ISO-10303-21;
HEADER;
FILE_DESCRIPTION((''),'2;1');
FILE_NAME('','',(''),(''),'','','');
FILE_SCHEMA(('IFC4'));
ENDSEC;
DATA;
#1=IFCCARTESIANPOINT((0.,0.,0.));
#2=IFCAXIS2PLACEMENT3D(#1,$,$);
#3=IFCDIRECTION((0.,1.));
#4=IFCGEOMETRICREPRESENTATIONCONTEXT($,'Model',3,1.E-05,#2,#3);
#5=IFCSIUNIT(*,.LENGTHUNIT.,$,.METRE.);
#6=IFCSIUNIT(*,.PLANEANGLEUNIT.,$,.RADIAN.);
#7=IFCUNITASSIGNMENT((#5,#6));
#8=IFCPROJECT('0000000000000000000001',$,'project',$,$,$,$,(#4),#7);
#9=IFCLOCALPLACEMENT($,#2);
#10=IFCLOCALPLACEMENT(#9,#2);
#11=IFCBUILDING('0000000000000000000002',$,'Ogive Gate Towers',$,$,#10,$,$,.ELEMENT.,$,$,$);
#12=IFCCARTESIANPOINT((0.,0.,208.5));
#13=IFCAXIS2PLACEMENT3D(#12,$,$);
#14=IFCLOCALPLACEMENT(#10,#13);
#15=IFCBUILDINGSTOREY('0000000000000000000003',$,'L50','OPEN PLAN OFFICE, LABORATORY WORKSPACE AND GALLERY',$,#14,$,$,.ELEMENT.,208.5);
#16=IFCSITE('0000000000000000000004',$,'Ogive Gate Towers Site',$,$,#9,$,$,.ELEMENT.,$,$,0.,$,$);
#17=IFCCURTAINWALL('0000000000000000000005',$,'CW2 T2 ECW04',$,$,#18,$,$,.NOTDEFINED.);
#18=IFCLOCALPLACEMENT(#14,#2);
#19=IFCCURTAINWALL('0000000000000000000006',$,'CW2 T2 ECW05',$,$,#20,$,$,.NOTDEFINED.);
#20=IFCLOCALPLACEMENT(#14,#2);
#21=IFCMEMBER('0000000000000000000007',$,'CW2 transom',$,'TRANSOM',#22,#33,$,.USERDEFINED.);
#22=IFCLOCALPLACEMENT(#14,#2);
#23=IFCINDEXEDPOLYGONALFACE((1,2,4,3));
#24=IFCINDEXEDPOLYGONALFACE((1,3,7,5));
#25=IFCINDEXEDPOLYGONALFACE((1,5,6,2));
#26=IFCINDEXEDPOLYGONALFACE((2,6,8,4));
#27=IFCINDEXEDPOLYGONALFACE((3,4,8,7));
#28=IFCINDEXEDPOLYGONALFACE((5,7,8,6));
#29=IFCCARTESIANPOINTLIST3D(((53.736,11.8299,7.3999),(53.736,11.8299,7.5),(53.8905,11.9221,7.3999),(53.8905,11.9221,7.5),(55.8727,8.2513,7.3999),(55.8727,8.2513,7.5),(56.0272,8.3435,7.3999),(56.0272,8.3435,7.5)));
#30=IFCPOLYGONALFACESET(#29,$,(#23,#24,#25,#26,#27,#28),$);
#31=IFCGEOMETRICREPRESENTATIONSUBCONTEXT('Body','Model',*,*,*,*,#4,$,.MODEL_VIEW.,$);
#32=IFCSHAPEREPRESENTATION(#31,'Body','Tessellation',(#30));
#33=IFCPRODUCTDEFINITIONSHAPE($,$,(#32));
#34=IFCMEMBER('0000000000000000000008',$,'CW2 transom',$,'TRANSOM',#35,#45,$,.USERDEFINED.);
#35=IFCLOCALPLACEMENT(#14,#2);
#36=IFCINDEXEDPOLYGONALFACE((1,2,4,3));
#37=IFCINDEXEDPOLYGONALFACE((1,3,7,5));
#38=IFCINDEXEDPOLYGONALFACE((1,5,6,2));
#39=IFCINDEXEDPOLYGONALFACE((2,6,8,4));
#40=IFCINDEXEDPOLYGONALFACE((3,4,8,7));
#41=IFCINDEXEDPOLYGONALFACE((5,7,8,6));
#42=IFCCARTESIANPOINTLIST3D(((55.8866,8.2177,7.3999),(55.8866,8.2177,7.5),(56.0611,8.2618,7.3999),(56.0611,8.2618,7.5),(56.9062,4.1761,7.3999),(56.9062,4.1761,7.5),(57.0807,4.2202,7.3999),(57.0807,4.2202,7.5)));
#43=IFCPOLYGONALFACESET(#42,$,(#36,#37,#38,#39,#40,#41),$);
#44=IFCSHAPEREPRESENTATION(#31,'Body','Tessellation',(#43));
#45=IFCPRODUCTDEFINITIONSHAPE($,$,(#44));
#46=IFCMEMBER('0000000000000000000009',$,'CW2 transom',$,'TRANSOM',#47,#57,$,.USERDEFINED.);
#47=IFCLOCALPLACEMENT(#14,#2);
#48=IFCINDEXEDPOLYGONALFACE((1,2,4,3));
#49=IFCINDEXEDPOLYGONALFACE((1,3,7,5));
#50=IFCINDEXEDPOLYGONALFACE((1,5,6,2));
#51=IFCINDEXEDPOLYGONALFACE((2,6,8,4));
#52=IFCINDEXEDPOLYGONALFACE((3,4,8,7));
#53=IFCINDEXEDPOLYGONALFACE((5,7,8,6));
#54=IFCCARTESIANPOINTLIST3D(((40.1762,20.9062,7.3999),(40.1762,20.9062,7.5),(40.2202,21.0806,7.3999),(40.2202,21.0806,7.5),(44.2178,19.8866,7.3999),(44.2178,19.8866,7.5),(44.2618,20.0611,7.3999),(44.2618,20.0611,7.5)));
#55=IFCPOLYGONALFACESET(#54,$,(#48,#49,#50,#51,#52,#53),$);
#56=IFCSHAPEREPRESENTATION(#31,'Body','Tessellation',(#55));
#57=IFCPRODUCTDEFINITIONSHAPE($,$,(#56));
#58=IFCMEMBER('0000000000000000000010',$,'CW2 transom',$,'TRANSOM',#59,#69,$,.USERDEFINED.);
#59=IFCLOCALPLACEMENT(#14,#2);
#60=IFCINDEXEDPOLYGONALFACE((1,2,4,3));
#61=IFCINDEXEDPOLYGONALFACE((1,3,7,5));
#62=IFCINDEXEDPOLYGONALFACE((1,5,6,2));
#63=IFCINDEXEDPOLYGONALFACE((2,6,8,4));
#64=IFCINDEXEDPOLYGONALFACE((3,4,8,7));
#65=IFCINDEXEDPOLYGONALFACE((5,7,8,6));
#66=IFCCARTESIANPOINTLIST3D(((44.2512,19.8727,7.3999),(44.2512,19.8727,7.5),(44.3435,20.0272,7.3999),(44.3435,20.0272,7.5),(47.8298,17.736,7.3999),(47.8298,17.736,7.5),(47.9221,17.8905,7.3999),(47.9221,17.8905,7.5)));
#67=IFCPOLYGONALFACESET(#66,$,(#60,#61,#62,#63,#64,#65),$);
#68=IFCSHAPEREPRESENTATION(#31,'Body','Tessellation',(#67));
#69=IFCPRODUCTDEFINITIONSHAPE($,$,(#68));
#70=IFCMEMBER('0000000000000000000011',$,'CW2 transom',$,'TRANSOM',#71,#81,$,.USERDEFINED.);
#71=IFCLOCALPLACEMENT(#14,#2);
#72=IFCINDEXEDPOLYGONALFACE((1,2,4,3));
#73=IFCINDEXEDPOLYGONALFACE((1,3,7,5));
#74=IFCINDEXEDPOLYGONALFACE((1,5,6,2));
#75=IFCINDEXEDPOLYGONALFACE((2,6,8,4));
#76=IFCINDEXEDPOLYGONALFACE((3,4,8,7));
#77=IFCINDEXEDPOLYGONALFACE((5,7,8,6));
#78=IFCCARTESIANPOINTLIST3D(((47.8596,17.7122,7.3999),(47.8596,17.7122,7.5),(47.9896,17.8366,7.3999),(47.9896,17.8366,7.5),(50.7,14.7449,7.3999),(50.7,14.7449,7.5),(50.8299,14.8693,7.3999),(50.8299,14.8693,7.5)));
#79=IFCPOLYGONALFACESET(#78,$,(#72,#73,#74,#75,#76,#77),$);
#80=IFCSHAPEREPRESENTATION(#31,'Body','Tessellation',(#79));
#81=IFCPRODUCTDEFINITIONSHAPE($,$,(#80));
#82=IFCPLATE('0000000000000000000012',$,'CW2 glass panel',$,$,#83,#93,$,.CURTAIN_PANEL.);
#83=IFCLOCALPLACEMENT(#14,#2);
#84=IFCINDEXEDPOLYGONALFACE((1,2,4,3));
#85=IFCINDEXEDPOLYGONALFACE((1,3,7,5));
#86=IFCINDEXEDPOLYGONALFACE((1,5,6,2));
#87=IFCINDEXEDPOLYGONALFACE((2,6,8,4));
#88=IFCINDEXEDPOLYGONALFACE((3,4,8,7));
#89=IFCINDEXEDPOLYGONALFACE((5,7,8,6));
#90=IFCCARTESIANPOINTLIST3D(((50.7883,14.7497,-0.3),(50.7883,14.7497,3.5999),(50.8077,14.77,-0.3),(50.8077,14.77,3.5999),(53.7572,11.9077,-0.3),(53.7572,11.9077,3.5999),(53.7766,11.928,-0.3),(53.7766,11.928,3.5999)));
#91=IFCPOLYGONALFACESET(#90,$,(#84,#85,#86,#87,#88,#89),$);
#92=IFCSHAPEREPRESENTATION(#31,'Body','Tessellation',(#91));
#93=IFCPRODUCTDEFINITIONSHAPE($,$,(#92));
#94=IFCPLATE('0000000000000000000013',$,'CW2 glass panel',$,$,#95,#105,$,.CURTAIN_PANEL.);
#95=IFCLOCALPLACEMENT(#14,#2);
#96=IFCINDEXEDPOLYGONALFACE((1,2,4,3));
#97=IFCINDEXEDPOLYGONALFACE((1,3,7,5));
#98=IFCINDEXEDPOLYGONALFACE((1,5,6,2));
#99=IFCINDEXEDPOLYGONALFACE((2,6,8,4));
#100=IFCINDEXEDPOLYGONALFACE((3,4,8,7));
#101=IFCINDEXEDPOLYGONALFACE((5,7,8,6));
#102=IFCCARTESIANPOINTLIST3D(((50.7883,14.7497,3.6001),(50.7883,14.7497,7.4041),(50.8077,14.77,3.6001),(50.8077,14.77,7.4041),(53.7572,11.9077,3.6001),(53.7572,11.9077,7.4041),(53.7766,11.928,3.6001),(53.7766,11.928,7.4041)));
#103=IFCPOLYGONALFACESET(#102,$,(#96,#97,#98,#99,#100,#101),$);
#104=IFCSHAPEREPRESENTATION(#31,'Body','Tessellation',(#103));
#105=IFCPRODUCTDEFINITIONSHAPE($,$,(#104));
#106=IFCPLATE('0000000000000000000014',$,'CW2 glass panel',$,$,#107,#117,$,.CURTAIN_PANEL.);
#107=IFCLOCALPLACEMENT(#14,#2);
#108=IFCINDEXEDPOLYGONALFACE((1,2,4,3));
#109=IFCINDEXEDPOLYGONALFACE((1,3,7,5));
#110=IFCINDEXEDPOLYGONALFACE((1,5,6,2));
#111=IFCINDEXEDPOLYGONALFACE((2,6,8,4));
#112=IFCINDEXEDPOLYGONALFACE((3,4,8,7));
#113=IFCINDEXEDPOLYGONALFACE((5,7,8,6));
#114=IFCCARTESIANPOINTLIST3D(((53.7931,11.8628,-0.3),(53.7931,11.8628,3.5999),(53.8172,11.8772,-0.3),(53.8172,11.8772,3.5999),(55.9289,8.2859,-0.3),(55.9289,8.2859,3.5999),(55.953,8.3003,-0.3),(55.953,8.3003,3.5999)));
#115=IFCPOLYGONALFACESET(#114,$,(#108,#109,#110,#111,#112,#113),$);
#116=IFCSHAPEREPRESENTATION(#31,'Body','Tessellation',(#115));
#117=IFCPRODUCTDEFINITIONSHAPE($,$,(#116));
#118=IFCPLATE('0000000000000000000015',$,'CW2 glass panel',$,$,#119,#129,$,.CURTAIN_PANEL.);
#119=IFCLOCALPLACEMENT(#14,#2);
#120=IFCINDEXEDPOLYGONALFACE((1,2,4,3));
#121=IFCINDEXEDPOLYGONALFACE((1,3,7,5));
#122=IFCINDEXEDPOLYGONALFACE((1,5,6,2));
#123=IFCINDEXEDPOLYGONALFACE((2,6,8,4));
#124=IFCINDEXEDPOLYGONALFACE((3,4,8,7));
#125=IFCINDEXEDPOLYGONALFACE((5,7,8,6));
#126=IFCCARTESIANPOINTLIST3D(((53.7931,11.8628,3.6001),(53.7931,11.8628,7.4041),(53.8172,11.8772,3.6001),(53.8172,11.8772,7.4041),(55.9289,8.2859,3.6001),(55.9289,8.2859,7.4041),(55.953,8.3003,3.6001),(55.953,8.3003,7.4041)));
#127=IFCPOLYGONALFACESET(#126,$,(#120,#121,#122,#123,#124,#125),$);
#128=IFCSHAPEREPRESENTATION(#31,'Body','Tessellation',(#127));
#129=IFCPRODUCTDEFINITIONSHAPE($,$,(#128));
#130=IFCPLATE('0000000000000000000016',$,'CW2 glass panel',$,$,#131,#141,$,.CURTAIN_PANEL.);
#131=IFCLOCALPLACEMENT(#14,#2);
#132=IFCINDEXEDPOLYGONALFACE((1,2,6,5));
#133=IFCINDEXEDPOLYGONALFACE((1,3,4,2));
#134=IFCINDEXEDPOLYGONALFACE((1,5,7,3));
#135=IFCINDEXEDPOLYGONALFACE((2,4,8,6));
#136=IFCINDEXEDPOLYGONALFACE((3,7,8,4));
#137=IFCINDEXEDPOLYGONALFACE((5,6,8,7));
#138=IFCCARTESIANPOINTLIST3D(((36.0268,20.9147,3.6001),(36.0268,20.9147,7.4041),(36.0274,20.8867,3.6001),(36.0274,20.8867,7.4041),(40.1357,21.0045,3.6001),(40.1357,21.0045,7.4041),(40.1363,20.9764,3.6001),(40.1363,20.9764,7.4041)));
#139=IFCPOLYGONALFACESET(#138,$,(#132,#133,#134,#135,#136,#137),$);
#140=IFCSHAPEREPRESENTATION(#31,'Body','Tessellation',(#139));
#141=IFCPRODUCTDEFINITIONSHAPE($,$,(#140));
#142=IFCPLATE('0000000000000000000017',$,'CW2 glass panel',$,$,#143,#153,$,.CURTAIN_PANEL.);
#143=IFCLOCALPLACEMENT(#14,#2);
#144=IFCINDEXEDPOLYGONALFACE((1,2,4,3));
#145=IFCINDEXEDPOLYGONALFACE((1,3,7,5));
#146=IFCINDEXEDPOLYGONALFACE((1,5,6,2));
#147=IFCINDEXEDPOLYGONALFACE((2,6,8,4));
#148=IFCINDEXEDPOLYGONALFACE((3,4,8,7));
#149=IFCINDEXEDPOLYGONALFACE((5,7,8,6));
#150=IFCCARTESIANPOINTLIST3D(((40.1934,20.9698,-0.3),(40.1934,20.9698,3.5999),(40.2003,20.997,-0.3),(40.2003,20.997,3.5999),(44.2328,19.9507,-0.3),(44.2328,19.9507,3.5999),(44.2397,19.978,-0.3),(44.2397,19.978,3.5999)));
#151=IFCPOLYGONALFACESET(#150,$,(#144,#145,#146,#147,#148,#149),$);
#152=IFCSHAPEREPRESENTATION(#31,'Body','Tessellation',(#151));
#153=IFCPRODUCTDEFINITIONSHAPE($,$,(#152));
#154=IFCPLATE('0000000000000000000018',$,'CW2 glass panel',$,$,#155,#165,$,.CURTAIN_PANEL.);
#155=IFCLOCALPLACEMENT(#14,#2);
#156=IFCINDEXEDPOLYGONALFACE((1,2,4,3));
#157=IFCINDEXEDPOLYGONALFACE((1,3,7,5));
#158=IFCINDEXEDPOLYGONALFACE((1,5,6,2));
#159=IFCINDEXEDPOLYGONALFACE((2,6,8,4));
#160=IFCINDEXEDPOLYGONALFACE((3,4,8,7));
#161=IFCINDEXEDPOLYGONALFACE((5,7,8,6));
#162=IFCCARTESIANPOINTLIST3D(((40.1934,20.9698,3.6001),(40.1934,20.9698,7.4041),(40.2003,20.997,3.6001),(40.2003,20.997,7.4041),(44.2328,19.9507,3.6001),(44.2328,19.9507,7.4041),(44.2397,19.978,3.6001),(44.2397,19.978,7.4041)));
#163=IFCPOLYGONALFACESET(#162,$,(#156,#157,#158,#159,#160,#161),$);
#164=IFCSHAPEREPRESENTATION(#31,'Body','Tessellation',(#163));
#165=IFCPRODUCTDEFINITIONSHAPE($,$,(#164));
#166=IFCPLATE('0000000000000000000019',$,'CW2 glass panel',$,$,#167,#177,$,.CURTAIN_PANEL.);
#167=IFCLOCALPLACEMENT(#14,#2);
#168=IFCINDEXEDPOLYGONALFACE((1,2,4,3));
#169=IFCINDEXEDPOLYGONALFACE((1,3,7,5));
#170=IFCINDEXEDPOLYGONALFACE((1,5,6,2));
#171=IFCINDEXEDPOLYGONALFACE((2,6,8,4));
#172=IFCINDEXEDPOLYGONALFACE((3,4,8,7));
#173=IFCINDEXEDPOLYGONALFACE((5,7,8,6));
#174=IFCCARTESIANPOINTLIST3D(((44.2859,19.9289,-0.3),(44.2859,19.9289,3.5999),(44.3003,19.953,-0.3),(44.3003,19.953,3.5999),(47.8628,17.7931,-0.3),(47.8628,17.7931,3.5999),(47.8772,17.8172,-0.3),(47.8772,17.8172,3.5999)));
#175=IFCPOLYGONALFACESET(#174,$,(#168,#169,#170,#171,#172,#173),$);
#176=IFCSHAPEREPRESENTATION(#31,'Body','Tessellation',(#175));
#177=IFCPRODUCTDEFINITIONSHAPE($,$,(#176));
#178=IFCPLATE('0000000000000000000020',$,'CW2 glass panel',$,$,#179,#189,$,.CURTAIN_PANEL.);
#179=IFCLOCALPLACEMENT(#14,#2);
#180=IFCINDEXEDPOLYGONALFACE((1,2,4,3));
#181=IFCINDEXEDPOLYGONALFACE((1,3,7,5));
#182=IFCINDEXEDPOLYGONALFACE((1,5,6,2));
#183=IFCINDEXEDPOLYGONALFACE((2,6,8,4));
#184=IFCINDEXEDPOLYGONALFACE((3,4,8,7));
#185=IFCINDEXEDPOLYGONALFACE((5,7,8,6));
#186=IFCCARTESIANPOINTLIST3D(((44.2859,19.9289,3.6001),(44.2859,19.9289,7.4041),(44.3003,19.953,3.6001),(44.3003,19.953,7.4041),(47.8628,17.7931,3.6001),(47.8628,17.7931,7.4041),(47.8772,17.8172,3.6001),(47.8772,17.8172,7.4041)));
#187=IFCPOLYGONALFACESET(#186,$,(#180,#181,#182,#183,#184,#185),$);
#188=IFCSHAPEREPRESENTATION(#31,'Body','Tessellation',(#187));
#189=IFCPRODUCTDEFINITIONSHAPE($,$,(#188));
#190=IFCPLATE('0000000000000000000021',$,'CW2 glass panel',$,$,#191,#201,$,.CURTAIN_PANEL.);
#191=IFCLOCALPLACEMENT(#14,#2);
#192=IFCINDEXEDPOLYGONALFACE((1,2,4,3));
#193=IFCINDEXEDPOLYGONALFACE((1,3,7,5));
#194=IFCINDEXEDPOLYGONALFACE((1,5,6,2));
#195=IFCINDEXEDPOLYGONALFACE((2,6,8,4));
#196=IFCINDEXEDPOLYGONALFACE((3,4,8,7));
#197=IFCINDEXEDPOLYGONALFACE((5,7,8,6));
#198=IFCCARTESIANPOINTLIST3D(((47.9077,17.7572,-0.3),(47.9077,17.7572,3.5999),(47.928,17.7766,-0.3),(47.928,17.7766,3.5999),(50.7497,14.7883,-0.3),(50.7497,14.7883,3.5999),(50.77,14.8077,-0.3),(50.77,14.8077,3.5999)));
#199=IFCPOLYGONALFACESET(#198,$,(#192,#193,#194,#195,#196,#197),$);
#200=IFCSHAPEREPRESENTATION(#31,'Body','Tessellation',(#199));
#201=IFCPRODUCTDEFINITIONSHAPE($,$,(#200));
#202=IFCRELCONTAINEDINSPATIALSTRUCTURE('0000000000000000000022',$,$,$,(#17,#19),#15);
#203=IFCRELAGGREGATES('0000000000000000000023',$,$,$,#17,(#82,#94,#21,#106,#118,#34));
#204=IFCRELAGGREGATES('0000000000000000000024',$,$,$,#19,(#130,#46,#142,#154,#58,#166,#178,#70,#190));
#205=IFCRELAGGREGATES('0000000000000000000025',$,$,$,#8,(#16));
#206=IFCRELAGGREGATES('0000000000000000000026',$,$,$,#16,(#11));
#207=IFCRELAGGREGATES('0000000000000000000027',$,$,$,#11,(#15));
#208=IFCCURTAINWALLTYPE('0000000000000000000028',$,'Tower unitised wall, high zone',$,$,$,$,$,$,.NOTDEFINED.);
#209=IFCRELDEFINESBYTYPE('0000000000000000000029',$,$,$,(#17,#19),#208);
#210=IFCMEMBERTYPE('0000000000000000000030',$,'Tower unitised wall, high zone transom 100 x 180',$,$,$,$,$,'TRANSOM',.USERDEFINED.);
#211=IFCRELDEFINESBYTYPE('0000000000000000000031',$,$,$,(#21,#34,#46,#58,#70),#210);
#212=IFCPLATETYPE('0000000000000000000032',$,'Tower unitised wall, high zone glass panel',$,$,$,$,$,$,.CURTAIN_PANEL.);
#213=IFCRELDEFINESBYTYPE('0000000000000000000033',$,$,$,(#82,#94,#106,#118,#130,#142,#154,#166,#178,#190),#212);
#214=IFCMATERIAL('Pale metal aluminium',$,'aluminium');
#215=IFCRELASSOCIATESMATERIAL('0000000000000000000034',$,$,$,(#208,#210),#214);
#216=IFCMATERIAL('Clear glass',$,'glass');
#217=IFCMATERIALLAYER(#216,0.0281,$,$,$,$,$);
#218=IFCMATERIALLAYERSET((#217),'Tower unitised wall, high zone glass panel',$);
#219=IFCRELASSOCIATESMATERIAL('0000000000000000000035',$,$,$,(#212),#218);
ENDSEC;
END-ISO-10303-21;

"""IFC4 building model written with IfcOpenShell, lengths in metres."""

from ifc_helpers import new_model, si_unit, direction, frame, origin, origin_2d, place, context, subcontext, project, spatial, rectangle, extrude, material, layer, layer_set, material_profile, profile_set, type_object, element, aggregate, save


model = new_model("IFC4")

# Units and contexts
model_context = context("Model", 3, precision=1e-05, world=origin(), true_north=direction((0.0, 1.0)))
body_context = subcontext(model_context, "Body", "Model", "MODEL_VIEW")
ifc_project = project(units=[si_unit("LENGTHUNIT", "METRE"), si_unit("PLANEANGLEUNIT", "RADIAN")], contexts=[model_context])

# Site, building, storey
site_placement = place(None, origin())
site = spatial("IfcSite", under=ifc_project, at=site_placement, Name="Ogive Gate Towers Site", CompositionType="ELEMENT", RefElevation=0.0)
building_placement = place(site_placement, origin())
building = spatial("IfcBuilding", under=site, at=building_placement, Name="Ogive Gate Towers", CompositionType="ELEMENT")
storey_placement = place(building_placement, frame((0.0, 0.0, 208.5)))
storey = spatial("IfcBuildingStorey", under=building, at=storey_placement, Name="L50", Description="OPEN PLAN OFFICE, LABORATORY WORKSPACE AND GALLERY", CompositionType="ELEMENT", Elevation=208.5)

# Curtain walls
ifc_material_1 = material(Name="Pale metal aluminium", Category="aluminium")
curtain_wall_type = type_object("IfcCurtainWallType", Name="Tower unitised wall, high zone", PredefinedType="NOTDEFINED", material=ifc_material_1)
curtain_wall_1_placement = place(storey_placement, origin())
curtain_wall_1 = element("IfcCurtainWall", 1, at=curtain_wall_1_placement, inside=storey, type_object=curtain_wall_type, Name="CW2 T2 ECW04", PredefinedType="NOTDEFINED")
curtain_wall_2_placement = place(storey_placement, origin())
curtain_wall_2 = element("IfcCurtainWall", 2, at=curtain_wall_2_placement, inside=storey, type_object=curtain_wall_type, Name="CW2 T2 ECW05", PredefinedType="NOTDEFINED")

# Members
ifc_material_profile_1 = material_profile(ifc_material_1, rectangle(XDim=0.1799, YDim=0.1001, at=origin_2d()), Name="100 x 180 aluminium box")
ifc_profile_set_1 = profile_set([ifc_material_profile_1], Name="Pale metal aluminium")
member_type_1 = type_object("IfcMemberType", Name="Tower unitised wall, high zone transom 100 x 180", ElementType="TRANSOM", PredefinedType="USERDEFINED", material=ifc_profile_set_1)
member_1_placement = place(storey_placement, frame((53.8132, 11.876, 7.45), z_axis=(0.512651, -0.858597, 0.0), x_axis=(0.858597, 0.512651, 0.0)))
member_1 = element("IfcMember", 3, at=member_1_placement, type_object=member_type_1, Name="CW2 transom", ObjectType="TRANSOM", PredefinedType="USERDEFINED", context=body_context, shape_type="SweptSolid", body=[
    extrude(rectangle(XDim=0.1799, YDim=0.1001, at=origin_2d()), origin(), (0.0, 0.0, 1.0), 4.168),
])
member_2_placement = place(storey_placement, frame((55.9739, 8.2397, 7.45), z_axis=(0.244602, -0.969623, 0.0), x_axis=(0.969623, 0.244602, 0.0)))
member_2 = element("IfcMember", 4, at=member_2_placement, type_object=member_type_1, Name="CW2 transom", ObjectType="TRANSOM", PredefinedType="USERDEFINED", context=body_context, shape_type="SweptSolid", body=[
    extrude(rectangle(XDim=0.1799, YDim=0.1001, at=origin_2d()), origin(), (0.0, 0.0, 1.0), 4.1682),
])
member_3_placement = place(storey_placement, frame((40.1982, 20.9934, 7.45), z_axis=(0.969623, -0.244602, 0.0), x_axis=(0.244602, 0.969623, 0.0)))
member_3 = element("IfcMember", 5, at=member_3_placement, type_object=member_type_1, Name="CW2 transom", ObjectType="TRANSOM", PredefinedType="USERDEFINED", context=body_context, shape_type="SweptSolid", body=[
    extrude(rectangle(XDim=0.1799, YDim=0.1001, at=origin_2d()), origin(), (0.0, 0.0, 1.0), 4.1682),
])
member_4_placement = place(storey_placement, frame((44.2974, 19.95, 7.45), z_axis=(0.858597, -0.512651, 0.0), x_axis=(0.512651, 0.858597, 0.0)))
member_4 = element("IfcMember", 6, at=member_4_placement, type_object=member_type_1, Name="CW2 transom", ObjectType="TRANSOM", PredefinedType="USERDEFINED", context=body_context, shape_type="SweptSolid", body=[
    extrude(rectangle(XDim=0.1799, YDim=0.1001, at=origin_2d()), origin(), (0.0, 0.0, 1.0), 4.168),
])
member_5_placement = place(storey_placement, frame((47.9246, 17.7744, 7.45), z_axis=(0.691484, -0.722391, 0.0), x_axis=(0.722391, 0.691484, 0.0)))
member_5 = element("IfcMember", 7, at=member_5_placement, type_object=member_type_1, Name="CW2 transom", ObjectType="TRANSOM", PredefinedType="USERDEFINED", context=body_context, shape_type="SweptSolid", body=[
    extrude(rectangle(XDim=0.1799, YDim=0.1001, at=origin_2d()), origin(), (0.0, 0.0, 1.0), 4.1077),
])

# Plates
ifc_material_2 = material(Name="Clear glass", Category="glass")
ifc_layer_1 = layer(ifc_material_2, 0.0281)
ifc_layer_set_1 = layer_set([ifc_layer_1], Name="Tower unitised wall, high zone glass panel")
plate_type = type_object("IfcPlateType", Name="Tower unitised wall, high zone glass panel", PredefinedType="CURTAIN_PANEL", material=ifc_layer_set_1)
plate_1_placement = place(storey_placement, frame((52.2825, 13.3389, -0.3), z_axis=(0.0, 0.0, 1.0), x_axis=(0.722376, -0.6915, 0.0)))
plate_1 = element("IfcPlate", 8, at=plate_1_placement, type_object=plate_type, Name="CW2 glass panel", PredefinedType="CURTAIN_PANEL", context=body_context, shape_type="SweptSolid", body=[
    extrude(rectangle(XDim=4.1099, YDim=0.0281, at=origin_2d()), origin(), (0.0, 0.0, 1.0), 3.8999),
])
plate_2_placement = place(storey_placement, frame((52.2825, 13.3389, 3.6001), z_axis=(0.0, 0.0, 1.0), x_axis=(0.722376, -0.6915, 0.0)))
plate_2 = element("IfcPlate", 9, at=plate_2_placement, type_object=plate_type, Name="CW2 glass panel", PredefinedType="CURTAIN_PANEL", context=body_context, shape_type="SweptSolid", body=[
    extrude(rectangle(XDim=4.1099, YDim=0.0281, at=origin_2d()), origin(), (0.0, 0.0, 1.0), 3.804),
])
plate_3_placement = place(storey_placement, frame((54.873, 10.0815, -0.3), z_axis=(0.0, 0.0, 1.0), x_axis=(0.512672, -0.858584, 0.0)))
plate_3 = element("IfcPlate", 10, at=plate_3_placement, type_object=plate_type, Name="CW2 glass panel", PredefinedType="CURTAIN_PANEL", context=body_context, shape_type="SweptSolid", body=[
    extrude(rectangle(XDim=4.166, YDim=0.0281, at=origin_2d()), origin(), (0.0, 0.0, 1.0), 3.8999),
])
plate_4_placement = place(storey_placement, frame((54.873, 10.0815, 3.6001), z_axis=(0.0, 0.0, 1.0), x_axis=(0.512672, -0.858584, 0.0)))
plate_4 = element("IfcPlate", 11, at=plate_4_placement, type_object=plate_type, Name="CW2 glass panel", PredefinedType="CURTAIN_PANEL", context=body_context, shape_type="SweptSolid", body=[
    extrude(rectangle(XDim=4.166, YDim=0.0281, at=origin_2d()), origin(), (0.0, 0.0, 1.0), 3.804),
])
aggregate(curtain_wall_1, [plate_1, plate_2, member_1, plate_3, plate_4, member_2])
plate_5_placement = place(storey_placement, frame((38.0815, 20.9456, 3.6001), z_axis=(0.0, 0.0, 1.0), x_axis=(0.999762, 0.021832, 0.0)))
plate_5 = element("IfcPlate", 12, at=plate_5_placement, type_object=plate_type, Name="CW2 glass panel", PredefinedType="CURTAIN_PANEL", context=body_context, shape_type="SweptSolid", body=[
    extrude(rectangle(XDim=4.1099, YDim=0.0281, at=origin_2d()), origin(), (0.0, 0.0, 1.0), 3.804),
])
plate_6_placement = place(storey_placement, frame((42.2166, 20.4739, -0.3), z_axis=(0.0, 0.0, 1.0), x_axis=(0.969621, -0.244614, 0.0)))
plate_6 = element("IfcPlate", 13, at=plate_6_placement, type_object=plate_type, Name="CW2 glass panel", PredefinedType="CURTAIN_PANEL", context=body_context, shape_type="SweptSolid", body=[
    extrude(rectangle(XDim=4.166, YDim=0.0281, at=origin_2d()), origin(), (0.0, 0.0, 1.0), 3.8999),
])
plate_7_placement = place(storey_placement, frame((42.2166, 20.4739, 3.6001), z_axis=(0.0, 0.0, 1.0), x_axis=(0.969621, -0.244614, 0.0)))
plate_7 = element("IfcPlate", 14, at=plate_7_placement, type_object=plate_type, Name="CW2 glass panel", PredefinedType="CURTAIN_PANEL", context=body_context, shape_type="SweptSolid", body=[
    extrude(rectangle(XDim=4.166, YDim=0.0281, at=origin_2d()), origin(), (0.0, 0.0, 1.0), 3.804),
])
plate_8_placement = place(storey_placement, frame((46.0815, 18.873, -0.3), z_axis=(0.0, 0.0, 1.0), x_axis=(0.858584, -0.512672, 0.0)))
plate_8 = element("IfcPlate", 15, at=plate_8_placement, type_object=plate_type, Name="CW2 glass panel", PredefinedType="CURTAIN_PANEL", context=body_context, shape_type="SweptSolid", body=[
    extrude(rectangle(XDim=4.166, YDim=0.0281, at=origin_2d()), origin(), (0.0, 0.0, 1.0), 3.8999),
])
plate_9_placement = place(storey_placement, frame((46.0815, 18.873, 3.6001), z_axis=(0.0, 0.0, 1.0), x_axis=(0.858584, -0.512672, 0.0)))
plate_9 = element("IfcPlate", 16, at=plate_9_placement, type_object=plate_type, Name="CW2 glass panel", PredefinedType="CURTAIN_PANEL", context=body_context, shape_type="SweptSolid", body=[
    extrude(rectangle(XDim=4.166, YDim=0.0281, at=origin_2d()), origin(), (0.0, 0.0, 1.0), 3.804),
])
plate_10_placement = place(storey_placement, frame((49.3389, 16.2825, -0.3), z_axis=(0.0, 0.0, 1.0), x_axis=(0.6915, -0.722376, 0.0)))
plate_10 = element("IfcPlate", 17, at=plate_10_placement, type_object=plate_type, Name="CW2 glass panel", PredefinedType="CURTAIN_PANEL", context=body_context, shape_type="SweptSolid", body=[
    extrude(rectangle(XDim=4.1099, YDim=0.0281, at=origin_2d()), origin(), (0.0, 0.0, 1.0), 3.8999),
])
aggregate(curtain_wall_2, [plate_5, member_3, plate_6, plate_7, member_4, plate_8, plate_9, member_5, plate_10])

save(model, "model.ifc")
